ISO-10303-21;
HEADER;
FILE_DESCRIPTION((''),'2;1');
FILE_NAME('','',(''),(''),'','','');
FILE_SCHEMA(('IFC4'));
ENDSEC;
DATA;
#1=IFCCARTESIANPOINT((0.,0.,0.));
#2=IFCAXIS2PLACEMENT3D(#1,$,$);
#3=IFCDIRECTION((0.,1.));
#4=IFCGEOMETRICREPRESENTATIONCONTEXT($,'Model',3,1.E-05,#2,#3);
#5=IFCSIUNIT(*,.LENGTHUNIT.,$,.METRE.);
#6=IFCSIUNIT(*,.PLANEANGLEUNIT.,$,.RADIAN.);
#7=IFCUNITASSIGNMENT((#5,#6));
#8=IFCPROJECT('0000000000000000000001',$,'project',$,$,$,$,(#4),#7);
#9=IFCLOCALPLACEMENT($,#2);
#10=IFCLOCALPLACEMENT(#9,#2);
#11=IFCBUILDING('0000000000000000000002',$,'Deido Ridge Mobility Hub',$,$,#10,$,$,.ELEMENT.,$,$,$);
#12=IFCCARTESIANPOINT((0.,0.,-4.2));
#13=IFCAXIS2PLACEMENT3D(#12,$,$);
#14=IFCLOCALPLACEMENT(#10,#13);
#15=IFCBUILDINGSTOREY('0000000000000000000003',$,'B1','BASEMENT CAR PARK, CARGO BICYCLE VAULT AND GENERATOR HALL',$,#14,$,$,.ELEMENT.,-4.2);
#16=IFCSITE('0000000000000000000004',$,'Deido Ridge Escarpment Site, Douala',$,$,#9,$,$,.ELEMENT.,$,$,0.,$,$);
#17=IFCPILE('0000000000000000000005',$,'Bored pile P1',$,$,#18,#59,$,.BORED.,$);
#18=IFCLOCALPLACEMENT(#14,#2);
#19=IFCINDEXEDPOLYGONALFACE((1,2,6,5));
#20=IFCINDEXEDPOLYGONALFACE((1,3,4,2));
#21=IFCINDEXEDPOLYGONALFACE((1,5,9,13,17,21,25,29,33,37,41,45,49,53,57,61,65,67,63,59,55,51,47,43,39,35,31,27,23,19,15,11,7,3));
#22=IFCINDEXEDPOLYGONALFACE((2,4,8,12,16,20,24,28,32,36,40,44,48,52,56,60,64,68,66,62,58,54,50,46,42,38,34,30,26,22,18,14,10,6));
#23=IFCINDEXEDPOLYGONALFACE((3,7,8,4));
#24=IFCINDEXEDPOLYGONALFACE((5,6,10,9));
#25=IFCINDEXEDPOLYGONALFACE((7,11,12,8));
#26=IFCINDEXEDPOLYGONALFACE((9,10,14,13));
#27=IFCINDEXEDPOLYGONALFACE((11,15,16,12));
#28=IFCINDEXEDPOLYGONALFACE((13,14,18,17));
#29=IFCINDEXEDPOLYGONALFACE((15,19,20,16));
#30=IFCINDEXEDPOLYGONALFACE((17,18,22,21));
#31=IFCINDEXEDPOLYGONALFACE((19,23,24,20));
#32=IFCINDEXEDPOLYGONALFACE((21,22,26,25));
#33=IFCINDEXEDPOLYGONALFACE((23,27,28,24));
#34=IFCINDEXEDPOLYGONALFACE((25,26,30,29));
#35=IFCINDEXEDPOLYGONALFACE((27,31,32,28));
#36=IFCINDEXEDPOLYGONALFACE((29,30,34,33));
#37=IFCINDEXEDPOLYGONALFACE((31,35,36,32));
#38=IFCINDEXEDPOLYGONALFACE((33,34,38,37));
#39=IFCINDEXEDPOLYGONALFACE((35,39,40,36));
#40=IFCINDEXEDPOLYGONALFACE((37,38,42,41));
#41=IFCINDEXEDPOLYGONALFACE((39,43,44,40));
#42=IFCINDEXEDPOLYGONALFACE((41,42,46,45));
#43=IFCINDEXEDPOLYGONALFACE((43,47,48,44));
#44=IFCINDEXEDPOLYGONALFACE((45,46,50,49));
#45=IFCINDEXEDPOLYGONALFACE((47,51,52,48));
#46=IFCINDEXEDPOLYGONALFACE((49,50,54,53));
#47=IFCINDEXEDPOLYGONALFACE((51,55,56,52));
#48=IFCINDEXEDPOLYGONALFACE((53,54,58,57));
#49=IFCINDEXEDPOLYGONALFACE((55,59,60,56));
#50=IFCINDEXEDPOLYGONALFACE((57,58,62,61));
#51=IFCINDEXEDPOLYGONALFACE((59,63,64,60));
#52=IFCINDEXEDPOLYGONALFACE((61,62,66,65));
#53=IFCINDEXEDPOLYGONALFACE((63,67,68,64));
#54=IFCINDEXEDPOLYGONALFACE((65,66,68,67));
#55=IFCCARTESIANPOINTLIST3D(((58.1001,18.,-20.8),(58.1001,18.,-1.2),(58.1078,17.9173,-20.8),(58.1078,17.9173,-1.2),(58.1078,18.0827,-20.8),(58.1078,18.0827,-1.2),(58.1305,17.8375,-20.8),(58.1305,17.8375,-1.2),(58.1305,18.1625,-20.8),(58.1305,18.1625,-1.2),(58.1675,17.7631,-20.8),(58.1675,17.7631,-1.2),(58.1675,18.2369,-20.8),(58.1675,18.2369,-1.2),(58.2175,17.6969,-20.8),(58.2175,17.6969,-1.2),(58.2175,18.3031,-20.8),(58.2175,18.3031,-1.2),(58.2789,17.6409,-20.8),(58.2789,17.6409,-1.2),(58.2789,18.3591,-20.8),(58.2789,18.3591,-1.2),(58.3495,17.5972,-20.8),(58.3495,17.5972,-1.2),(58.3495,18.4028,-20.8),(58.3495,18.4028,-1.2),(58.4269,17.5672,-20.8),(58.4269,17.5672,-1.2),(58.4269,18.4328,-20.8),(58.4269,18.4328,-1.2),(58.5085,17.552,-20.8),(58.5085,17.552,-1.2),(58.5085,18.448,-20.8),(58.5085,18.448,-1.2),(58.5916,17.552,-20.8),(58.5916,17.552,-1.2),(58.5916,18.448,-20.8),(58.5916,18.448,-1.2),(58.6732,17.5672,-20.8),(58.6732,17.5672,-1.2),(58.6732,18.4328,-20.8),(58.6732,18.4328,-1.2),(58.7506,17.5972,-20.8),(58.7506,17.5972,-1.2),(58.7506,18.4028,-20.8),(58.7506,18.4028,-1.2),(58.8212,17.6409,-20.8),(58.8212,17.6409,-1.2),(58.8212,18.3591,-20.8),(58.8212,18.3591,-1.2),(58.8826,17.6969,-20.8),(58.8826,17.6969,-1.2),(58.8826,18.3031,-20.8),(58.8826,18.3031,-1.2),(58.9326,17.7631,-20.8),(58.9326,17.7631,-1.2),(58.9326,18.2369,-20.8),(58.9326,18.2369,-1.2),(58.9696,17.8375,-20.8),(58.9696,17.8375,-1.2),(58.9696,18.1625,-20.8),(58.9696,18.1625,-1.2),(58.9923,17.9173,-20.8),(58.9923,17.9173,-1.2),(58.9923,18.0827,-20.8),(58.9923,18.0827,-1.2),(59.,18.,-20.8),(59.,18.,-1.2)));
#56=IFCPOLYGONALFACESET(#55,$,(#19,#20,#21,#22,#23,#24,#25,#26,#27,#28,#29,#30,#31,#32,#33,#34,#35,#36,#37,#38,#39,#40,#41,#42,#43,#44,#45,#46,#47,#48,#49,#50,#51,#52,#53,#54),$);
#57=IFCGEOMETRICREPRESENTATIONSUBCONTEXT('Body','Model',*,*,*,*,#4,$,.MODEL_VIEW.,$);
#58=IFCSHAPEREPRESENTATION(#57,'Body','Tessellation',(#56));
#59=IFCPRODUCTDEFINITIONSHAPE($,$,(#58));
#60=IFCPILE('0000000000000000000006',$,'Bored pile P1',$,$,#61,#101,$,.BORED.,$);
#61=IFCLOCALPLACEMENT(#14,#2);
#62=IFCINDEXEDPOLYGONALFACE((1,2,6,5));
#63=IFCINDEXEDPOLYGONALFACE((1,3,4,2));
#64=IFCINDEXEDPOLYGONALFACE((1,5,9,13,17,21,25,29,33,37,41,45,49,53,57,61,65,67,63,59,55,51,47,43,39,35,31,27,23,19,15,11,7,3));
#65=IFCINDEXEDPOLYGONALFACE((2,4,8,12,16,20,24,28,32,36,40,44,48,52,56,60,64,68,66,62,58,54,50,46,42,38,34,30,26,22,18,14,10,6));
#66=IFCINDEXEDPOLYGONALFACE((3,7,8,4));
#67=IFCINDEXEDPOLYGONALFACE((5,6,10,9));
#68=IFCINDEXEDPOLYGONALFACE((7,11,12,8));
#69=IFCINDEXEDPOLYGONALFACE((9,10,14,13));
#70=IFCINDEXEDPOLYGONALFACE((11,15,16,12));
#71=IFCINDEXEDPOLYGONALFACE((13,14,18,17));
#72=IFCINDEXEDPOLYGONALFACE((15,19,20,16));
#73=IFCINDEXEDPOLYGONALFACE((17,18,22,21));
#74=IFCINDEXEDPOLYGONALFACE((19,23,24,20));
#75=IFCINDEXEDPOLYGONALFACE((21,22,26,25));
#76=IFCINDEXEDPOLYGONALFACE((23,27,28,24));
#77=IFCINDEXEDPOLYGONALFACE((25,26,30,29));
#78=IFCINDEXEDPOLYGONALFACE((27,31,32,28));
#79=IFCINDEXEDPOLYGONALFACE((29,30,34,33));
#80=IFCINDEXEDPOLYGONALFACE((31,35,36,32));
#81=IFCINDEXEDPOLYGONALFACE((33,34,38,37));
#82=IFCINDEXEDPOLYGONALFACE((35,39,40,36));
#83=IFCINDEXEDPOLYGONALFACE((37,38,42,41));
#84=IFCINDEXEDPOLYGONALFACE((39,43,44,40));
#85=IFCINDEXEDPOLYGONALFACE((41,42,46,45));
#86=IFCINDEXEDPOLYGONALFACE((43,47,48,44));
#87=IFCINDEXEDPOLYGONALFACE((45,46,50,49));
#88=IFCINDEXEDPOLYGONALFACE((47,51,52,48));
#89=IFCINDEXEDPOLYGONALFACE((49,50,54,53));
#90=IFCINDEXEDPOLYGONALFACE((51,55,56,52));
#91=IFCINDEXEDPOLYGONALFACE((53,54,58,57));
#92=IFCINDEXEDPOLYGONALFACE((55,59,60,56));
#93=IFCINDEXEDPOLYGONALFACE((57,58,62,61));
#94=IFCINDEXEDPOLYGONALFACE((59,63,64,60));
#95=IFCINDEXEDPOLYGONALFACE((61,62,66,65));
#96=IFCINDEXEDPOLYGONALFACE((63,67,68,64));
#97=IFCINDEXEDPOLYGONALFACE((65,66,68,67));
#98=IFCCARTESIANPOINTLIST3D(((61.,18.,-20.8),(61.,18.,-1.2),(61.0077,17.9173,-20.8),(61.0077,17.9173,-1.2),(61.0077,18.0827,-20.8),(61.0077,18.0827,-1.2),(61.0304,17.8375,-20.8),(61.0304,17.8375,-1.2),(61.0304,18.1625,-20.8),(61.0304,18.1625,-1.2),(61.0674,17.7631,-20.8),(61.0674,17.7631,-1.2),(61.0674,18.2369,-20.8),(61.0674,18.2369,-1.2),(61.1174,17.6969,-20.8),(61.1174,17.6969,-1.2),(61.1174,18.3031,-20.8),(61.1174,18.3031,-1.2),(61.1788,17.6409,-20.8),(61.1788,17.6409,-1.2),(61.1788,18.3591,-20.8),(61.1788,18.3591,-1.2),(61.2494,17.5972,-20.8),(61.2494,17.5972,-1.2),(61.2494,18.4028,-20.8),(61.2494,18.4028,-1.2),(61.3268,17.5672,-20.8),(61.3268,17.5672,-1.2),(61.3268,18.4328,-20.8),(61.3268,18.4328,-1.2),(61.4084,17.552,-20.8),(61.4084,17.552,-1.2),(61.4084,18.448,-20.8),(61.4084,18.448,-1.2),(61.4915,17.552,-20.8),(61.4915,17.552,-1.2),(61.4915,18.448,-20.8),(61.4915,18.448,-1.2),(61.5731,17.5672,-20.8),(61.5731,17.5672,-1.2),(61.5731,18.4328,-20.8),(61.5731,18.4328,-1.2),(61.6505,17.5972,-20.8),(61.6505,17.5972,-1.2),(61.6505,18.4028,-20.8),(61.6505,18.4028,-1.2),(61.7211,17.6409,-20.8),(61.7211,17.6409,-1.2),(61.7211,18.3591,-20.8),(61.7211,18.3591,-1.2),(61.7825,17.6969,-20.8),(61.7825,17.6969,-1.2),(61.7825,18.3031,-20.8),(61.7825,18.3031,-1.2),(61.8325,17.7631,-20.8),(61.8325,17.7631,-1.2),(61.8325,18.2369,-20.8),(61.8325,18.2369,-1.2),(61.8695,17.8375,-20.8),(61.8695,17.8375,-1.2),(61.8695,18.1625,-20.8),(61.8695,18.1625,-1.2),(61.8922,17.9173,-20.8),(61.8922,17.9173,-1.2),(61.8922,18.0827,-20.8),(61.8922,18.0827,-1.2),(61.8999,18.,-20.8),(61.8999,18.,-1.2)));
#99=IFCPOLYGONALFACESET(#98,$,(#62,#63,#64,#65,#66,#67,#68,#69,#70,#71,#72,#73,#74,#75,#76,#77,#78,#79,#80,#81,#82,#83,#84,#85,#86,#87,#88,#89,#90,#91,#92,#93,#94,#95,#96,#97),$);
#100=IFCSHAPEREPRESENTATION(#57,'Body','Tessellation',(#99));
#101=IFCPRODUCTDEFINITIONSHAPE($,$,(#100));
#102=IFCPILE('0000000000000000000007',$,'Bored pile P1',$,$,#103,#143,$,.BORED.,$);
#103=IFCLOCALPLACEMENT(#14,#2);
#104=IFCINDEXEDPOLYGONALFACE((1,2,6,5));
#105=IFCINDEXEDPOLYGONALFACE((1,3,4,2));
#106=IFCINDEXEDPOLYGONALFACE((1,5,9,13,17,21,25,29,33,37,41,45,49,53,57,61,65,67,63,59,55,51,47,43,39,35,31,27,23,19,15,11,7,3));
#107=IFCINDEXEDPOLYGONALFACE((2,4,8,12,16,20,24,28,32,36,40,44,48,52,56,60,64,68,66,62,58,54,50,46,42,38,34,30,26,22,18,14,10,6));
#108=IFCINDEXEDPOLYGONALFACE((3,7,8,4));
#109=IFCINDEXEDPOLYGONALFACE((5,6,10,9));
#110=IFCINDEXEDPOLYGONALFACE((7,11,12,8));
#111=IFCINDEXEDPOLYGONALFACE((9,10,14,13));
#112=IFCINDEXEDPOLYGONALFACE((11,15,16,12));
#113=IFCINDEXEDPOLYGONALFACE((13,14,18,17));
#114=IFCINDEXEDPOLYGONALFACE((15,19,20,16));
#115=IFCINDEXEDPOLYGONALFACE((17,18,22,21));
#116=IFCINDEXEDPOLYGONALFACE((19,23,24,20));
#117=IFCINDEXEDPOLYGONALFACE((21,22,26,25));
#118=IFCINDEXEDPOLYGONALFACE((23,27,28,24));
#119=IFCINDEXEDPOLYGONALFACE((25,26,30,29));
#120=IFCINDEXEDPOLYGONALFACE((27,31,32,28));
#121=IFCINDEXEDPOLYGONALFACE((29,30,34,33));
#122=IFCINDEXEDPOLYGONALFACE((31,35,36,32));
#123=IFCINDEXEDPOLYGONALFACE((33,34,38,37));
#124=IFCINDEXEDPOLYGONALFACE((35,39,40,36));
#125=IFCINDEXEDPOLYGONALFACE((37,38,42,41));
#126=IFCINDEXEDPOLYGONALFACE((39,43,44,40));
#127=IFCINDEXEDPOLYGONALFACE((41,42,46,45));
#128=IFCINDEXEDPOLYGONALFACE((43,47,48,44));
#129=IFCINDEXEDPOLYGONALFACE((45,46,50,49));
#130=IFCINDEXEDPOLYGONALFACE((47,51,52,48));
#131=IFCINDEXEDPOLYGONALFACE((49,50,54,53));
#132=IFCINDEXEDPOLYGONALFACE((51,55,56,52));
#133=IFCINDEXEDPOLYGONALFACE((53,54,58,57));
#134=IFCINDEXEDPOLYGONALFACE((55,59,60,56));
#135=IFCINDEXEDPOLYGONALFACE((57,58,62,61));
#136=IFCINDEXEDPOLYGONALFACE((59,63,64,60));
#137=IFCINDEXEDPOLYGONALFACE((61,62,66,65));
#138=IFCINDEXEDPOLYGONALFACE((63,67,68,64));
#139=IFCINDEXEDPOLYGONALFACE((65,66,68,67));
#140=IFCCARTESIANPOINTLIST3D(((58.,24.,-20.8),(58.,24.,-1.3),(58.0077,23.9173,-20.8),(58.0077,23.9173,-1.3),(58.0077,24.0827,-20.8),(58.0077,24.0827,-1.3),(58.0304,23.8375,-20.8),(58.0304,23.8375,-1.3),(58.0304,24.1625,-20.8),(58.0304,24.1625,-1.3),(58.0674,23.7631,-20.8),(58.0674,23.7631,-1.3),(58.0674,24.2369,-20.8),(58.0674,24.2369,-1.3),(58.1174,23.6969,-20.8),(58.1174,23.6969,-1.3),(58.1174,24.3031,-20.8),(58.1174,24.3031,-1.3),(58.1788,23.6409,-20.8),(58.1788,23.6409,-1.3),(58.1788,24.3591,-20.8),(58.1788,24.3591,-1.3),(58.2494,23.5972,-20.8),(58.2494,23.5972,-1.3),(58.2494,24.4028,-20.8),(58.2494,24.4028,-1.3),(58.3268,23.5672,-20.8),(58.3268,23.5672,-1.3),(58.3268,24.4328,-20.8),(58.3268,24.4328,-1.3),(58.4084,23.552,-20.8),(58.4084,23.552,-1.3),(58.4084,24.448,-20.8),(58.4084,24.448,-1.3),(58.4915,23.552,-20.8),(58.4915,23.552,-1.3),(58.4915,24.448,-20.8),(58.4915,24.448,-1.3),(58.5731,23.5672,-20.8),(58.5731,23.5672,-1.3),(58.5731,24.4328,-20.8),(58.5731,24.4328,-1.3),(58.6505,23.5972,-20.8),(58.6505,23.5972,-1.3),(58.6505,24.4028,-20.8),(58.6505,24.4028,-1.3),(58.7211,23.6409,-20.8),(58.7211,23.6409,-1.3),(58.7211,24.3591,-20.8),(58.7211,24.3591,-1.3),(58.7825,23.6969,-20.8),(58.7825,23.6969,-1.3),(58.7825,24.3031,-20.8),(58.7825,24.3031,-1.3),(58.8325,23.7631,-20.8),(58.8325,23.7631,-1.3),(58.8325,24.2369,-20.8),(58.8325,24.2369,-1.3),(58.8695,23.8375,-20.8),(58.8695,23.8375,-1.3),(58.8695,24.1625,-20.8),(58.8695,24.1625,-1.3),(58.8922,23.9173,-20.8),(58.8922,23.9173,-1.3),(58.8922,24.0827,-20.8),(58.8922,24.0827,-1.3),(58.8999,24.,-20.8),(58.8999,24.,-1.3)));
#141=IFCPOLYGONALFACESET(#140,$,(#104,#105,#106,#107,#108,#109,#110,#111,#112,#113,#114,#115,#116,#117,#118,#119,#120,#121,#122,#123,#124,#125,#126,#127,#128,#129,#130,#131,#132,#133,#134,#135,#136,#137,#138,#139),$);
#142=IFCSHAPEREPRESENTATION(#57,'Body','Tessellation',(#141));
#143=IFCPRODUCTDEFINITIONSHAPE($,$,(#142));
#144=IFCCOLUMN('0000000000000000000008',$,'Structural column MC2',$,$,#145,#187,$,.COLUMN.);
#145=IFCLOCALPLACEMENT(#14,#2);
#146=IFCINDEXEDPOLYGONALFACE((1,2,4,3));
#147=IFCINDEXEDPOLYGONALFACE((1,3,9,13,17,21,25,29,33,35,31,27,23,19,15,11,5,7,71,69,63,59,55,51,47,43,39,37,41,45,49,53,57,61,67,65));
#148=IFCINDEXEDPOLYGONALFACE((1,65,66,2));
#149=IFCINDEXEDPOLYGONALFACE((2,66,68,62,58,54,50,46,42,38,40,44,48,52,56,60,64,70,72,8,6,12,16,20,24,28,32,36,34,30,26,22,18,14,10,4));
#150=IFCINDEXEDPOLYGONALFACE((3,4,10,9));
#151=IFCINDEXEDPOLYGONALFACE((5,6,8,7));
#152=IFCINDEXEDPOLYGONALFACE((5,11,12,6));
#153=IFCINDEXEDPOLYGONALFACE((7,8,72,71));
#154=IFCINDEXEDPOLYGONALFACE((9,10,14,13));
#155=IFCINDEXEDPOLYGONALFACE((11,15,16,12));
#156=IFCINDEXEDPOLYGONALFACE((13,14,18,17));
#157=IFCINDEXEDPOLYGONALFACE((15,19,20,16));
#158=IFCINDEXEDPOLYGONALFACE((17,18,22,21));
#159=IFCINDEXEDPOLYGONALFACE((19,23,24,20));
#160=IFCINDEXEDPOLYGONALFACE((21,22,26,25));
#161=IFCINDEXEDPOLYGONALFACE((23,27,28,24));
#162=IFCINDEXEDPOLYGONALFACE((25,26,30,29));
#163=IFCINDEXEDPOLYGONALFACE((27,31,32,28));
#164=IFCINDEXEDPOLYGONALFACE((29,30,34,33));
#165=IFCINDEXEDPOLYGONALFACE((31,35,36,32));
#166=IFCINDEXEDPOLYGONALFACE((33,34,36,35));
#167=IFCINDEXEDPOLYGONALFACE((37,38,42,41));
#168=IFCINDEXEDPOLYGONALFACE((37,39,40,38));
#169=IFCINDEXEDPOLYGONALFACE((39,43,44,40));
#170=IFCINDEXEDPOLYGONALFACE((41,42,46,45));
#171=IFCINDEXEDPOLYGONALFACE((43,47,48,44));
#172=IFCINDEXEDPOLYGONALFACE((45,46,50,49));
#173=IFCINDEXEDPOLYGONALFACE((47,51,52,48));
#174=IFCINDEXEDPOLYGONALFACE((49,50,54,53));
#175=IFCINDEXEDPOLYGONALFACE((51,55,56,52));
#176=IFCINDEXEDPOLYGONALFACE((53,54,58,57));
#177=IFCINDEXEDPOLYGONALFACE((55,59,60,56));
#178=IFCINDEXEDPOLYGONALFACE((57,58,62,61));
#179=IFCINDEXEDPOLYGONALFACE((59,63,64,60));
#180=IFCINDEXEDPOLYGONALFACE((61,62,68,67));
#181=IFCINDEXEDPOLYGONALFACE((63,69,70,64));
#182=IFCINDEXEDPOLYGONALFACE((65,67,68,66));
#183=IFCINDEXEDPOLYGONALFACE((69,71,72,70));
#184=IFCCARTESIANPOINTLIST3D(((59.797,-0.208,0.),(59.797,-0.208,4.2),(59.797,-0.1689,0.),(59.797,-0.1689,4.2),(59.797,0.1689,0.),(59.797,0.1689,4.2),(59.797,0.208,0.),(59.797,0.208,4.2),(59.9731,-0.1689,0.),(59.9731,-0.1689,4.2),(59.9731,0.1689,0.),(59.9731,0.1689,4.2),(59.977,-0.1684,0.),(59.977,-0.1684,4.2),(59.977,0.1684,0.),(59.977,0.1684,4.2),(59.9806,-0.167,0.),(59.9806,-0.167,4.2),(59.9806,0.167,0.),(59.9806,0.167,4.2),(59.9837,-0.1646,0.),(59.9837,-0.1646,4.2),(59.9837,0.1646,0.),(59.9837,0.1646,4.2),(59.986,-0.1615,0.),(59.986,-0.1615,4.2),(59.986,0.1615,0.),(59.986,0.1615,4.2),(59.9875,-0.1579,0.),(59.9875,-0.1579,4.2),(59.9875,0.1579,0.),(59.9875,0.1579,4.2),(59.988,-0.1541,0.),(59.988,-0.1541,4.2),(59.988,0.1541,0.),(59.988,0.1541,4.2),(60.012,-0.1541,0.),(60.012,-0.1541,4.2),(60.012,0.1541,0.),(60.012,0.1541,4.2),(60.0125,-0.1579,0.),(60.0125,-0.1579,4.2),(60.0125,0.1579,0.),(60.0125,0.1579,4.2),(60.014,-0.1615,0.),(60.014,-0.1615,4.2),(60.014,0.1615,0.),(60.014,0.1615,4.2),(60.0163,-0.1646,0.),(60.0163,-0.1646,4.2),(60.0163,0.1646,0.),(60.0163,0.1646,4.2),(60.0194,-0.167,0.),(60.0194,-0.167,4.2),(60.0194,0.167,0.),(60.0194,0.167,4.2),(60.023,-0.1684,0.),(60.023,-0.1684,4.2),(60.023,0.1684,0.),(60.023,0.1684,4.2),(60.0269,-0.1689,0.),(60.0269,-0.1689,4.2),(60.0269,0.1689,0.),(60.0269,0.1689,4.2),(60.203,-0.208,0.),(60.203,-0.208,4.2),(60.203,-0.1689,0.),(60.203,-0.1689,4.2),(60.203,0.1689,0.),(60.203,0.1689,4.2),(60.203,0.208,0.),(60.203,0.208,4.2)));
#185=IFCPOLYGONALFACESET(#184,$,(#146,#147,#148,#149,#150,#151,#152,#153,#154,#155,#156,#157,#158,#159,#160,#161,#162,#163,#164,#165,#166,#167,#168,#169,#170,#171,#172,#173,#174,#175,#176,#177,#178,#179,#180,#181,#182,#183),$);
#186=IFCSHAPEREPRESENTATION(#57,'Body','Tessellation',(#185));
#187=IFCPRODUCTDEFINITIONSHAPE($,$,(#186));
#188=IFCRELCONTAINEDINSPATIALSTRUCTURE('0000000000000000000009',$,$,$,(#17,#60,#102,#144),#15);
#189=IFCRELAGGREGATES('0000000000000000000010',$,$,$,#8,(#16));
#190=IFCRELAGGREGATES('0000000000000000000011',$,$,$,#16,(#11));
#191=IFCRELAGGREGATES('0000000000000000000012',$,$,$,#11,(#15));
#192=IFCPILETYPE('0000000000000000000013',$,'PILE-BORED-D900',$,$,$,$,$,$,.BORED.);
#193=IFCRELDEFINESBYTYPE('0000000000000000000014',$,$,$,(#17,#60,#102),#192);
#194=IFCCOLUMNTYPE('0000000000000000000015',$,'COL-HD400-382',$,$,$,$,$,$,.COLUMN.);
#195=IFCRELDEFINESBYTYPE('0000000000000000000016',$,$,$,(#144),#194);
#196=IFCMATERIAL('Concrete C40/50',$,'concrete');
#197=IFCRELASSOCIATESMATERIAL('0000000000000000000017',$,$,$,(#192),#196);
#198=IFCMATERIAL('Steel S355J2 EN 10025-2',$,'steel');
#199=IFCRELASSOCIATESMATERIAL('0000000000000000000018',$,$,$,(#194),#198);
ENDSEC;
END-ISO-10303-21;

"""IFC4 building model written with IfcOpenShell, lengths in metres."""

from ifc_helpers import new_model, si_unit, direction, frame, origin, origin_2d, place, context, subcontext, project, spatial, circle, i_section, extrude, material, material_profile, profile_set, type_object, element, save


model = new_model("IFC4")

# Units and contexts
model_context = context("Model", 3, precision=1e-05, world=origin(), true_north=direction((0.0, 1.0)))
body_context = subcontext(model_context, "Body", "Model", "MODEL_VIEW")
ifc_project = project(units=[si_unit("LENGTHUNIT", "METRE"), si_unit("PLANEANGLEUNIT", "RADIAN")], contexts=[model_context])

# Site, building, storey
site_placement = place(None, origin())
site = spatial("IfcSite", under=ifc_project, at=site_placement, Name="Deido Ridge Escarpment Site, Douala", CompositionType="ELEMENT", RefElevation=0.0)
building_placement = place(site_placement, origin())
building = spatial("IfcBuilding", under=site, at=building_placement, Name="Deido Ridge Mobility Hub", CompositionType="ELEMENT")
storey_placement = place(building_placement, frame((0.0, 0.0, -4.2)))
storey = spatial("IfcBuildingStorey", under=building, at=storey_placement, Name="B1", Description="BASEMENT CAR PARK, CARGO BICYCLE VAULT AND GENERATOR HALL", CompositionType="ELEMENT", Elevation=-4.2)

# Shared definitions
ifc_material_1 = material(Name="Concrete C40/50", Category="concrete")

# Piles
ifc_material_profile_1 = material_profile(ifc_material_1, circle(Radius=0.45, at=origin_2d()), Name="BORED PILE D900")
ifc_profile_set_1 = profile_set([ifc_material_profile_1], Name="Concrete C40/50")
pile_type_1 = type_object("IfcPileType", Name="PILE-BORED-D900", PredefinedType="BORED", material=ifc_profile_set_1)
for number, where, z_axis, x_axis, name in (
    (1, (58.55, 18.0, -1.2), (0.0, 0.0, -1.0), (1.0, 0.0, 0.0), "Bored pile P1"),
    (2, (61.45, 18.0, -1.2), (0.0, 0.0, -1.0), (1.0, 0.0, 0.0), "Bored pile P1"),
):
    element("IfcPile", number, at=place(storey_placement, frame(where, z_axis=z_axis, x_axis=x_axis)), inside=storey, type_object=pile_type_1, Name=name, PredefinedType="BORED", context=body_context, shape_type="SweptSolid", body=[
        extrude(circle(Radius=0.45, at=origin_2d()), origin(), (0.0, 0.0, 1.0), 19.6001),
    ])
pile_1_placement = place(storey_placement, frame((58.45, 24.0, -1.3), z_axis=(0.0, 0.0, -1.0), x_axis=(1.0, 0.0, 0.0)))
element("IfcPile", 3, at=pile_1_placement, inside=storey, type_object=pile_type_1, Name="Bored pile P1", PredefinedType="BORED", context=body_context, shape_type="SweptSolid", body=[
    extrude(circle(Radius=0.45, at=origin_2d()), origin(), (0.0, 0.0, 1.0), 19.5),
])

# Column
ifc_material_2 = material(Name="Steel S355J2 EN 10025-2", Category="steel")
ifc_material_profile_2 = material_profile(ifc_material_2, i_section(OverallWidth=0.406, OverallDepth=0.416, WebThickness=0.0239, FlangeThickness=0.0391, FilletRadius=0.0149, at=origin_2d()), Name="HD 400x382")
ifc_profile_set_2 = profile_set([ifc_material_profile_2], Name="Steel S355J2 EN 10025-2")
column_type_1 = type_object("IfcColumnType", Name="COL-HD400-382", PredefinedType="COLUMN", material=ifc_profile_set_2)
column_placement = place(storey_placement, frame((60.0, 0.0, 0.0), z_axis=(0.0, 0.0, 1.0), x_axis=(1.0, 0.0, 0.0)))
element("IfcColumn", 4, at=column_placement, inside=storey, type_object=column_type_1, Name="Structural column MC2", PredefinedType="COLUMN", context=body_context, shape_type="SweptSolid", body=[
    extrude(i_section(OverallWidth=0.406, OverallDepth=0.416, WebThickness=0.0239, FlangeThickness=0.0391, FilletRadius=0.0149, at=origin_2d()), origin(), (0.0, 0.0, 1.0), 4.2),
])

save(model, "model.ifc")
